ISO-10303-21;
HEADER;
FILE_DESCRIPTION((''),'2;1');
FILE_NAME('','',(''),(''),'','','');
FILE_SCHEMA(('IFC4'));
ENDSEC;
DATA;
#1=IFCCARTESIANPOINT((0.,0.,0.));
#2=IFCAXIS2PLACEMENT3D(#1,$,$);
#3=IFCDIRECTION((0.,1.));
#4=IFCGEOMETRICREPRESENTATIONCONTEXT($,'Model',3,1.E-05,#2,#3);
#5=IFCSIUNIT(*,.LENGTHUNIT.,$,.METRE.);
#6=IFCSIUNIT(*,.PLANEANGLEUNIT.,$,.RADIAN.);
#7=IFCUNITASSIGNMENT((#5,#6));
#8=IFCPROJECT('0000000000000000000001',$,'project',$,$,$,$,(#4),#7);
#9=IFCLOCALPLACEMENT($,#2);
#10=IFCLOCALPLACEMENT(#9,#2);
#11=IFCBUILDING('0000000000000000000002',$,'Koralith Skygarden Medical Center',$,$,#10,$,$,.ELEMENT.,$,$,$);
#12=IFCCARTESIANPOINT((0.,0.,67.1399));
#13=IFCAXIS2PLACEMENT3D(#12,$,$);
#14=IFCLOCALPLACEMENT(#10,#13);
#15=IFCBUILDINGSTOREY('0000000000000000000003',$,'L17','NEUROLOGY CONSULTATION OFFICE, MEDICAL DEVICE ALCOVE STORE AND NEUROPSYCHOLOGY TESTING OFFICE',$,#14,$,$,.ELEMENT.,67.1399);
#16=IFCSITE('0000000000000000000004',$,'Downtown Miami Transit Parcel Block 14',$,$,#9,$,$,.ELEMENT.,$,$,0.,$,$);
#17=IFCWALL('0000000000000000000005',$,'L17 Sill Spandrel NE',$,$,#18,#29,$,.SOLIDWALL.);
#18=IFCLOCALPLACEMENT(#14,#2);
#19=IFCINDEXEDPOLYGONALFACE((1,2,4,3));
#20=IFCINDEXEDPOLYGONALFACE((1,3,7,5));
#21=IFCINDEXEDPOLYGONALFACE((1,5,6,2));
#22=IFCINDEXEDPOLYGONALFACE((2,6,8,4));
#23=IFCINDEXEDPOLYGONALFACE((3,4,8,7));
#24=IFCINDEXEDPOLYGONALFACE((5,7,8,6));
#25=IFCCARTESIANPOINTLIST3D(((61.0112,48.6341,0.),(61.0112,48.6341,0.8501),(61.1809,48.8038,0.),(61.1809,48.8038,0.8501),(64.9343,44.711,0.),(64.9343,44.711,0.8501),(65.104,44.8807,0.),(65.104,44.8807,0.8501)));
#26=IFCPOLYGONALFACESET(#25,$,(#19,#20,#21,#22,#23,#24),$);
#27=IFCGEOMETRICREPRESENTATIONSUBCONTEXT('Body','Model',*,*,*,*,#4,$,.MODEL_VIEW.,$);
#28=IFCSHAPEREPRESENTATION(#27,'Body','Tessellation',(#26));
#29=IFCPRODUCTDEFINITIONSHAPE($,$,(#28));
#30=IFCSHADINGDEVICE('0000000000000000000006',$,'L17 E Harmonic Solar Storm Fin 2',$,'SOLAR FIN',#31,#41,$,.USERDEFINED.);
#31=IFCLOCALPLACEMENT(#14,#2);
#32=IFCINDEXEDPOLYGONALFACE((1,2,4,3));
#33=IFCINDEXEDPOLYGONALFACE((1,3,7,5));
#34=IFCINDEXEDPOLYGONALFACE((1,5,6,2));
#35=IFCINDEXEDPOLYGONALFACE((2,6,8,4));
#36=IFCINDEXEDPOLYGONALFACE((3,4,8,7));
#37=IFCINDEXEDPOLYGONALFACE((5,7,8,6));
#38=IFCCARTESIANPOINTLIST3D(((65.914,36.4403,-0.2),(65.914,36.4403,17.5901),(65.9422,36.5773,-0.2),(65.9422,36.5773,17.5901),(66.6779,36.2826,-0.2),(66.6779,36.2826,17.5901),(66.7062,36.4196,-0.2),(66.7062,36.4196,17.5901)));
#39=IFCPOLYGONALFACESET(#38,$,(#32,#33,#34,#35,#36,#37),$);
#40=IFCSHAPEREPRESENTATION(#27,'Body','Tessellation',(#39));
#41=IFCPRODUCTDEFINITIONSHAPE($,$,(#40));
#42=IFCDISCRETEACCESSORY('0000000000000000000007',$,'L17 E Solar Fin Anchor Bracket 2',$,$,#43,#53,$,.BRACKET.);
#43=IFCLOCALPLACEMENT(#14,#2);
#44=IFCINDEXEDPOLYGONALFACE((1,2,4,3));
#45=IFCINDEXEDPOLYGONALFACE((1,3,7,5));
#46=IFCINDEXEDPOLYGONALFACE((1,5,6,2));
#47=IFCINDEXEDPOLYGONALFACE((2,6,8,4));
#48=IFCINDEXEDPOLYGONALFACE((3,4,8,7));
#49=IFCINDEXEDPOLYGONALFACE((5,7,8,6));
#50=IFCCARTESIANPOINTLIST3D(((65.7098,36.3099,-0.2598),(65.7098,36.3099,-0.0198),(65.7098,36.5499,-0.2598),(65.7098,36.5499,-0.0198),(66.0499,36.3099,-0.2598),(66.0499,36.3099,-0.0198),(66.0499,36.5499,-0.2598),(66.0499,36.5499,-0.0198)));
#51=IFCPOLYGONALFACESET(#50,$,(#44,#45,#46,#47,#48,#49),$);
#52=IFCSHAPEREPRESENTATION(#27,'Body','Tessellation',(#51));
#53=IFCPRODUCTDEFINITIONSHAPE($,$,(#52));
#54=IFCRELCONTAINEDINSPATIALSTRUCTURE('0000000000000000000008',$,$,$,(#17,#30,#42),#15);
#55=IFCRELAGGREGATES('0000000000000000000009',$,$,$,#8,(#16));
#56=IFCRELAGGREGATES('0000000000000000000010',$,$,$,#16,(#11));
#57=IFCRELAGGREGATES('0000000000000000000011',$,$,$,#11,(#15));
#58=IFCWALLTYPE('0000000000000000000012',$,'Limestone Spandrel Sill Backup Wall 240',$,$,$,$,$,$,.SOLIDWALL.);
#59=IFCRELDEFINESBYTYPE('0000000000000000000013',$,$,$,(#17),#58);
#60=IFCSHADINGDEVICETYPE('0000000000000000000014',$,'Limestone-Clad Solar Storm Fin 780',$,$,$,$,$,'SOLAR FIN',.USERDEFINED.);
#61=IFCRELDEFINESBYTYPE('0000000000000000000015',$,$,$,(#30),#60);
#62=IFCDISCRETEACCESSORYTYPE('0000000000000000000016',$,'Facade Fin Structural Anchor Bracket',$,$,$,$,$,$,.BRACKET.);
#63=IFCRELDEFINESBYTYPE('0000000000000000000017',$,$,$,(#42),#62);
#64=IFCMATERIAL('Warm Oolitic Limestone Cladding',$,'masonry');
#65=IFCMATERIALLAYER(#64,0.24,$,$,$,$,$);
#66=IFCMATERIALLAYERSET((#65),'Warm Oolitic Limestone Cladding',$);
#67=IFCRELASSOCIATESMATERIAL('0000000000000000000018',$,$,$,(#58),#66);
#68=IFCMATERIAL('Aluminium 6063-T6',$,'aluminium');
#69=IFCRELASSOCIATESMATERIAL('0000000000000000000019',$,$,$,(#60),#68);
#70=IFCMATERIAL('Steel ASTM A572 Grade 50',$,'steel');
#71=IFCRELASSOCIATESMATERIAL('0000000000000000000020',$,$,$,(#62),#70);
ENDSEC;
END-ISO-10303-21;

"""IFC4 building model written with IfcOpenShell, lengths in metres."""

from ifc_helpers import new_model, si_unit, direction, frame, frame_2d, origin, origin_2d, place, context, subcontext, project, spatial, rectangle, extrude, material, layer, layer_set, type_object, element, save


model = new_model("IFC4")

# Units and contexts
model_context = context("Model", 3, precision=1e-05, world=origin(), true_north=direction((0.0, 1.0)))
body_context = subcontext(model_context, "Body", "Model", "MODEL_VIEW")
ifc_project = project(units=[si_unit("LENGTHUNIT", "METRE"), si_unit("PLANEANGLEUNIT", "RADIAN")], contexts=[model_context])

# Site, building, storey
site_placement = place(None, origin())
site = spatial("IfcSite", under=ifc_project, at=site_placement, Name="Downtown Miami Transit Parcel Block 14", CompositionType="ELEMENT", RefElevation=0.0)
building_placement = place(site_placement, origin())
building = spatial("IfcBuilding", under=site, at=building_placement, Name="Koralith Skygarden Medical Center", CompositionType="ELEMENT")
storey_placement = place(building_placement, frame((0.0, 0.0, 67.1399)))
storey = spatial("IfcBuildingStorey", under=building, at=storey_placement, Name="L17", Description="NEUROLOGY CONSULTATION OFFICE, MEDICAL DEVICE ALCOVE STORE AND NEUROPSYCHOLOGY TESTING OFFICE", CompositionType="ELEMENT", Elevation=67.1399)

# Shared definitions
ifc_material_1 = material(Name="Aluminium 6063-T6", Category="aluminium")

# Shared definitions
ifc_material_2 = material(Name="Warm Oolitic Limestone Cladding", Category="masonry")

# Wall
ifc_layer_1 = layer(ifc_material_2, 0.24)
ifc_layer_set_1 = layer_set([ifc_layer_1], Name="Warm Oolitic Limestone Cladding")
wall_type_1 = type_object("IfcWallType", Name="Limestone Spandrel Sill Backup Wall 240", PredefinedType="SOLIDWALL", material=ifc_layer_set_1)
wall_1_placement = place(storey_placement, frame((65.019, 44.7959, 0.0), z_axis=(0.0, 0.0, 1.0), x_axis=(-0.707107, 0.707107, 0.0)))
element("IfcWall", 1, at=wall_1_placement, inside=storey, type_object=wall_type_1, Name="L17 Sill Spandrel NE", PredefinedType="SOLIDWALL", context=body_context, shape_type="SweptSolid", body=[
    extrude(rectangle(XDim=5.5481, YDim=0.24, at=frame_2d((2.7739, 0.0))), origin(), (0.0, 0.0, 1.0), 0.8501),
])

# Shading device
shading_device_type = type_object("IfcShadingDeviceType", Name="Limestone-Clad Solar Storm Fin 780", ElementType="SOLAR FIN", PredefinedType="USERDEFINED", material=ifc_material_1)
shading_device_placement = place(storey_placement, frame((66.3101, 36.4299, -0.2), z_axis=(0.0, 0.0, 1.0), x_axis=(0.979336, -0.20224, 0.0)))
element("IfcShadingDevice", 2, at=shading_device_placement, inside=storey, type_object=shading_device_type, Name="L17 E Harmonic Solar Storm Fin 2", ObjectType="SOLAR FIN", PredefinedType="USERDEFINED", context=body_context, shape_type="SweptSolid", body=[
    extrude(rectangle(XDim=0.78, YDim=0.1399, at=origin_2d()), origin(), (0.0, 0.0, 1.0), 17.79),
])

# Discrete accessory
ifc_material_3 = material(Name="Steel ASTM A572 Grade 50", Category="steel")
discrete_accessory_type = type_object("IfcDiscreteAccessoryType", Name="Facade Fin Structural Anchor Bracket", PredefinedType="BRACKET", material=ifc_material_3)
discrete_accessory_placement = place(storey_placement, frame((65.8799, 36.4299, -0.2598), z_axis=(0.0, 0.0, 1.0), x_axis=(1.0, 0.0, 0.0)))
element("IfcDiscreteAccessory", 3, at=discrete_accessory_placement, inside=storey, type_object=discrete_accessory_type, Name="L17 E Solar Fin Anchor Bracket 2", PredefinedType="BRACKET", context=body_context, shape_type="SweptSolid", body=[
    extrude(rectangle(XDim=0.3401, YDim=0.24, at=origin_2d()), origin(), (0.0, 0.0, 1.0), 0.24),
])

save(model, "model.ifc")
